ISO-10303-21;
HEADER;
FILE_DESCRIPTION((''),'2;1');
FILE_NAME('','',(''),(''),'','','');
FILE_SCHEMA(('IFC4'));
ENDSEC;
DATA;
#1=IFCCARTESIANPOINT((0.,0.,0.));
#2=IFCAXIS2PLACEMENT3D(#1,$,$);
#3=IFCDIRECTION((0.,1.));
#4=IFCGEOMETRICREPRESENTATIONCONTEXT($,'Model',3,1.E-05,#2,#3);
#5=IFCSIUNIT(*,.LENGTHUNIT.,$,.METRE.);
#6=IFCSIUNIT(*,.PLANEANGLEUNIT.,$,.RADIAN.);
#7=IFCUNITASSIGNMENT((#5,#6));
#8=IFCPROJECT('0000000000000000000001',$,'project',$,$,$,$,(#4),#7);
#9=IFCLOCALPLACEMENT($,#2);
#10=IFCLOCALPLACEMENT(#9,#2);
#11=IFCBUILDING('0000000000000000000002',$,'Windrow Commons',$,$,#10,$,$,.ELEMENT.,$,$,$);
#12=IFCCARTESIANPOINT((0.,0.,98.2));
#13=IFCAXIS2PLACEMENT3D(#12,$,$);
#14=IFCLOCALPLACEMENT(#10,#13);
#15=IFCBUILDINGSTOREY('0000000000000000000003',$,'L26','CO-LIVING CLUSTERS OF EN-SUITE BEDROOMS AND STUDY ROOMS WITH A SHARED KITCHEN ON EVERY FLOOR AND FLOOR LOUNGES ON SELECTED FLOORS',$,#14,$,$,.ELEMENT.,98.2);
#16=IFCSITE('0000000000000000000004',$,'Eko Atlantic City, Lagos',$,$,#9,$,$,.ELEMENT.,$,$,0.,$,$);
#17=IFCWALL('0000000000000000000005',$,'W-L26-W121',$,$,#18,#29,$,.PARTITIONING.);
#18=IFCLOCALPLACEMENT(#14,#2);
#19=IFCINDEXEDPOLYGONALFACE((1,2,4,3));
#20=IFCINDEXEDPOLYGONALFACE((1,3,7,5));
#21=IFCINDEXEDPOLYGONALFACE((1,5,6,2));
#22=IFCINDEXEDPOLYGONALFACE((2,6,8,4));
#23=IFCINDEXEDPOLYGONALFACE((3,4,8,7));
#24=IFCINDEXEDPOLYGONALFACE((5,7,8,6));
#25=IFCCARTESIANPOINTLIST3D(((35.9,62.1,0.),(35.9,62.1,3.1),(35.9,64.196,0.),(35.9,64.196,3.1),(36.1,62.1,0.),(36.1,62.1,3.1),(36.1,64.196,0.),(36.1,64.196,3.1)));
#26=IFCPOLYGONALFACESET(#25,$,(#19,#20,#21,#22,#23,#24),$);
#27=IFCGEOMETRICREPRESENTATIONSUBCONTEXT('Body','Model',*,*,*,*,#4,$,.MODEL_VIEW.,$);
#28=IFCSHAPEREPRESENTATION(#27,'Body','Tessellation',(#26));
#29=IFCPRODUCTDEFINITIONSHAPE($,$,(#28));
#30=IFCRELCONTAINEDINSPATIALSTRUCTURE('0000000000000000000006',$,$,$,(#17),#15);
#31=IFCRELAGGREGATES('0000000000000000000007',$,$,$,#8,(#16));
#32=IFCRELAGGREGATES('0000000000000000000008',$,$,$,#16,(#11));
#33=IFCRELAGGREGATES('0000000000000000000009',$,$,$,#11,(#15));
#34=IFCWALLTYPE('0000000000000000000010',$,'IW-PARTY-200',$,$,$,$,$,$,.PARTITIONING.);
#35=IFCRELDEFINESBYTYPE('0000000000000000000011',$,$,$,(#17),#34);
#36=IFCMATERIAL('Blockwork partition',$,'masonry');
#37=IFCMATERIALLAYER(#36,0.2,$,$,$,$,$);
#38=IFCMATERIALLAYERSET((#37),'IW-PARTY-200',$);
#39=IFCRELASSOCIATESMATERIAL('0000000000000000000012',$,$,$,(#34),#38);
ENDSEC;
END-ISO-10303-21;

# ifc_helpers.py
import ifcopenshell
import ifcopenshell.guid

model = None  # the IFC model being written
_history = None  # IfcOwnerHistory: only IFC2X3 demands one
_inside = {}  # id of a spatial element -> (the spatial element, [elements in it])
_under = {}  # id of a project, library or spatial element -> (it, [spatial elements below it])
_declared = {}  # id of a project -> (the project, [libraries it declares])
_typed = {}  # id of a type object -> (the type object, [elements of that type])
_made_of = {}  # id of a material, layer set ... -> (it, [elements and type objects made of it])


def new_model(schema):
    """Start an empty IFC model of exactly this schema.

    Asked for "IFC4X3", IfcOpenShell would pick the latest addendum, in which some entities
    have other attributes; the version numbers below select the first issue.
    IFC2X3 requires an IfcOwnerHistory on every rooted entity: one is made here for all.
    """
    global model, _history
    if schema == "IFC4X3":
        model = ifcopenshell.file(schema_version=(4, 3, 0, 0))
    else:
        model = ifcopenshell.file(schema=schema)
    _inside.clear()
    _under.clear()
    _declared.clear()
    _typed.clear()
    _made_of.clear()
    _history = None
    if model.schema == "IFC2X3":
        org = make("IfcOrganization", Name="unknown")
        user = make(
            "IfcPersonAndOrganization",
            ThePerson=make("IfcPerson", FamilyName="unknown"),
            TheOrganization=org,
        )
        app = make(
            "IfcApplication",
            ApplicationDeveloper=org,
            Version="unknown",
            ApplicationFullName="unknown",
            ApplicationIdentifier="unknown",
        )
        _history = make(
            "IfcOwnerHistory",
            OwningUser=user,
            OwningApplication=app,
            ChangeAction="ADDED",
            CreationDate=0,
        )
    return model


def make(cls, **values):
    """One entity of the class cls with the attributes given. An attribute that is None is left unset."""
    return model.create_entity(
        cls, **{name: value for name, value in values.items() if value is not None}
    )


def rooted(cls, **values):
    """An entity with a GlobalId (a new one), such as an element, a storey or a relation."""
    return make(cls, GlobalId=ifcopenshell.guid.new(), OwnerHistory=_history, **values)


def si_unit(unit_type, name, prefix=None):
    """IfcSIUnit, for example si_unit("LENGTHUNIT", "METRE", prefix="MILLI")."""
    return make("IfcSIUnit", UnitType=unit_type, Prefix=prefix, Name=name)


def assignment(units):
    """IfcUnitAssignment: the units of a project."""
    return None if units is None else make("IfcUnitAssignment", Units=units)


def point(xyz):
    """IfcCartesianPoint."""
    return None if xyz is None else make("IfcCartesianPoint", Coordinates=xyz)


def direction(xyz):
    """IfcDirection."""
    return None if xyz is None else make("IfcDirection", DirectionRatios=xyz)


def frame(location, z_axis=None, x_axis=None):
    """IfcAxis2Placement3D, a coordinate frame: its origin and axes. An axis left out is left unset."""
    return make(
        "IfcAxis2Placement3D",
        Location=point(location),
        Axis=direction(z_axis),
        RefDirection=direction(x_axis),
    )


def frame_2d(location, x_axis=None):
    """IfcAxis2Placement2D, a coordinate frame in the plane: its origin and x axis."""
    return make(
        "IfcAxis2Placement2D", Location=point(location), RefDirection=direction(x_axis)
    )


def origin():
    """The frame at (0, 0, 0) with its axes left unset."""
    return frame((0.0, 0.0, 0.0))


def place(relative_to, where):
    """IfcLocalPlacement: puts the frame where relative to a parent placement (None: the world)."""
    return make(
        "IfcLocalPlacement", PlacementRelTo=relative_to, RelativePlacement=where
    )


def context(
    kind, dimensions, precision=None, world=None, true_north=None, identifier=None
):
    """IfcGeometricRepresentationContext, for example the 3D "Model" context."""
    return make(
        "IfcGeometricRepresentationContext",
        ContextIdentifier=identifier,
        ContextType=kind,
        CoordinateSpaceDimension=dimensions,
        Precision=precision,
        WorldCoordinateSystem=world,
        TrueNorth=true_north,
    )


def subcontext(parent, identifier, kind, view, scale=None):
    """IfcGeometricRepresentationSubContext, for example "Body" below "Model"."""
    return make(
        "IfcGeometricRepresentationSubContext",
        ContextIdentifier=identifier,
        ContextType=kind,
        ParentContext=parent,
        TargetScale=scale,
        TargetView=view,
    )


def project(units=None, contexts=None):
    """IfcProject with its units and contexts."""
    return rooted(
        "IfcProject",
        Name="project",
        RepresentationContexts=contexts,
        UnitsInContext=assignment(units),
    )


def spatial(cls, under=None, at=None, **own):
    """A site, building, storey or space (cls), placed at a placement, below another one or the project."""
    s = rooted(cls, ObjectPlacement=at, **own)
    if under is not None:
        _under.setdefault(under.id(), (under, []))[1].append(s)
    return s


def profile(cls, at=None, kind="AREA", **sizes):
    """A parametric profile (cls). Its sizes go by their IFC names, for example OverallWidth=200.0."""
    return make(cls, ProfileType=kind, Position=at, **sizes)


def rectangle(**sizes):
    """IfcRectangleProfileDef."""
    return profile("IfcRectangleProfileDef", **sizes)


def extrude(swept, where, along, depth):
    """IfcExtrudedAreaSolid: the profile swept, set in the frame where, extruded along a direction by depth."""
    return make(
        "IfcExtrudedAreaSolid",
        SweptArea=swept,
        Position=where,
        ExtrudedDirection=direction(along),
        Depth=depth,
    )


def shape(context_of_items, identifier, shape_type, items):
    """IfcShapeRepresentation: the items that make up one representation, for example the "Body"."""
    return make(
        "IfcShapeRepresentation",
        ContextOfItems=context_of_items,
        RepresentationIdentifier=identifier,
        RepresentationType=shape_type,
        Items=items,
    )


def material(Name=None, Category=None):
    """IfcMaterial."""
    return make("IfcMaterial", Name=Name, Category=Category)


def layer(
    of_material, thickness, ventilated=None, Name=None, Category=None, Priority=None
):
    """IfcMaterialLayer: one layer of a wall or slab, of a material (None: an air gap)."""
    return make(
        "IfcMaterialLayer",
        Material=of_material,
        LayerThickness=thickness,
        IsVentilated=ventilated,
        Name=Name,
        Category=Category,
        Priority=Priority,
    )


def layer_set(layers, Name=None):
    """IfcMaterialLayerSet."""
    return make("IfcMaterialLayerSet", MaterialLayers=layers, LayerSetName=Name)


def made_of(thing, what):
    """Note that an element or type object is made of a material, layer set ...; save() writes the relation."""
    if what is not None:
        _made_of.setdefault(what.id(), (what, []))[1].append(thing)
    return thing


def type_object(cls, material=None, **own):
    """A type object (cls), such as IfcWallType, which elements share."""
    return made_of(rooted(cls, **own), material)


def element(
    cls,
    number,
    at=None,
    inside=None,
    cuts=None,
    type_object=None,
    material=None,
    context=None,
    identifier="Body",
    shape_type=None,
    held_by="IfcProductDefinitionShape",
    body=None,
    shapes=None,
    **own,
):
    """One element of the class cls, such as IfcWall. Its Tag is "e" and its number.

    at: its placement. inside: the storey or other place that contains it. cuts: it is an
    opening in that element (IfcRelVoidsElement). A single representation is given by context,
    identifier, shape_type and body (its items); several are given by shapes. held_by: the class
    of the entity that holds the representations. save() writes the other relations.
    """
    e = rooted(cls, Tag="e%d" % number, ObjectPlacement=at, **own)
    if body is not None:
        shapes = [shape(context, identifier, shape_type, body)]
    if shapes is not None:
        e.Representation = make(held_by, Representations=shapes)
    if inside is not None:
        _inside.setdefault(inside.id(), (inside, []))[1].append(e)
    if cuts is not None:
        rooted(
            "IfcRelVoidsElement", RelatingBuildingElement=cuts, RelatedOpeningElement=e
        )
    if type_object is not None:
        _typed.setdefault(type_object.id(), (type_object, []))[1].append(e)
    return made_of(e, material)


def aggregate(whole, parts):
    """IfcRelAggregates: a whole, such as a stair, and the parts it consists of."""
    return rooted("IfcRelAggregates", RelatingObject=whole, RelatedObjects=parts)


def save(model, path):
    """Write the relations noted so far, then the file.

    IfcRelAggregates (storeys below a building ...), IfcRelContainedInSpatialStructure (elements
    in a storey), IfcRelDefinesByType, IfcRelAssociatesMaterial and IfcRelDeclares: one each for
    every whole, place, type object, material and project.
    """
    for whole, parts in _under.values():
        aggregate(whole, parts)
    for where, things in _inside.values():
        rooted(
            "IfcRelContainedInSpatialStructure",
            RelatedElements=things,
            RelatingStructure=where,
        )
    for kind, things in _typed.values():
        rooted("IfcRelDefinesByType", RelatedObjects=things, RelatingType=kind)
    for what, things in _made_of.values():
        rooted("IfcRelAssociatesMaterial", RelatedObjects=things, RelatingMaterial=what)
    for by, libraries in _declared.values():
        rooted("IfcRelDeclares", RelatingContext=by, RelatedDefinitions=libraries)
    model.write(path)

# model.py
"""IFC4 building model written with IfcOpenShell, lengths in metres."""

from ifc_helpers import new_model, si_unit, direction, frame, frame_2d, origin, place, context, subcontext, project, spatial, rectangle, extrude, material, layer, layer_set, type_object, element, save


model = new_model("IFC4")

# Units and contexts
model_context = context("Model", 3, precision=1e-05, world=origin(), true_north=direction((0.0, 1.0)))
body_context = subcontext(model_context, "Body", "Model", "MODEL_VIEW")
ifc_project = project(units=[si_unit("LENGTHUNIT", "METRE"), si_unit("PLANEANGLEUNIT", "RADIAN")], contexts=[model_context])

# Site, building, storey
site_placement = place(None, origin())
site = spatial("IfcSite", under=ifc_project, at=site_placement, Name="Eko Atlantic City, Lagos", CompositionType="ELEMENT", RefElevation=0.0)
building_placement = place(site_placement, origin())
building = spatial("IfcBuilding", under=site, at=building_placement, Name="Windrow Commons", CompositionType="ELEMENT")
storey_placement = place(building_placement, frame((0.0, 0.0, 98.2)))
storey = spatial("IfcBuildingStorey", under=building, at=storey_placement, Name="L26", Description="CO-LIVING CLUSTERS OF EN-SUITE BEDROOMS AND STUDY ROOMS WITH A SHARED KITCHEN ON EVERY FLOOR AND FLOOR LOUNGES ON SELECTED FLOORS", CompositionType="ELEMENT", Elevation=98.2)

# Wall
ifc_material_1 = material(Name="Blockwork partition", Category="masonry")
ifc_layer_1 = layer(ifc_material_1, 0.2)
ifc_layer_set_1 = layer_set([ifc_layer_1], Name="IW-PARTY-200")
wall_type_1 = type_object("IfcWallType", Name="IW-PARTY-200", PredefinedType="PARTITIONING", material=ifc_layer_set_1)
wall_1_placement = place(storey_placement, frame((36.0, 62.1, 0.0), z_axis=(0.0, 0.0, 1.0), x_axis=(0.0, 1.0, 0.0)))
element("IfcWall", 1, at=wall_1_placement, inside=storey, type_object=wall_type_1, Name="W-L26-W121", PredefinedType="PARTITIONING", context=body_context, shape_type="SweptSolid", body=[
    extrude(rectangle(XDim=2.096, YDim=0.2, at=frame_2d((1.048, 0.0))), origin(), (0.0, 0.0, 1.0), 3.1),
])

save(model, "model.ifc")
